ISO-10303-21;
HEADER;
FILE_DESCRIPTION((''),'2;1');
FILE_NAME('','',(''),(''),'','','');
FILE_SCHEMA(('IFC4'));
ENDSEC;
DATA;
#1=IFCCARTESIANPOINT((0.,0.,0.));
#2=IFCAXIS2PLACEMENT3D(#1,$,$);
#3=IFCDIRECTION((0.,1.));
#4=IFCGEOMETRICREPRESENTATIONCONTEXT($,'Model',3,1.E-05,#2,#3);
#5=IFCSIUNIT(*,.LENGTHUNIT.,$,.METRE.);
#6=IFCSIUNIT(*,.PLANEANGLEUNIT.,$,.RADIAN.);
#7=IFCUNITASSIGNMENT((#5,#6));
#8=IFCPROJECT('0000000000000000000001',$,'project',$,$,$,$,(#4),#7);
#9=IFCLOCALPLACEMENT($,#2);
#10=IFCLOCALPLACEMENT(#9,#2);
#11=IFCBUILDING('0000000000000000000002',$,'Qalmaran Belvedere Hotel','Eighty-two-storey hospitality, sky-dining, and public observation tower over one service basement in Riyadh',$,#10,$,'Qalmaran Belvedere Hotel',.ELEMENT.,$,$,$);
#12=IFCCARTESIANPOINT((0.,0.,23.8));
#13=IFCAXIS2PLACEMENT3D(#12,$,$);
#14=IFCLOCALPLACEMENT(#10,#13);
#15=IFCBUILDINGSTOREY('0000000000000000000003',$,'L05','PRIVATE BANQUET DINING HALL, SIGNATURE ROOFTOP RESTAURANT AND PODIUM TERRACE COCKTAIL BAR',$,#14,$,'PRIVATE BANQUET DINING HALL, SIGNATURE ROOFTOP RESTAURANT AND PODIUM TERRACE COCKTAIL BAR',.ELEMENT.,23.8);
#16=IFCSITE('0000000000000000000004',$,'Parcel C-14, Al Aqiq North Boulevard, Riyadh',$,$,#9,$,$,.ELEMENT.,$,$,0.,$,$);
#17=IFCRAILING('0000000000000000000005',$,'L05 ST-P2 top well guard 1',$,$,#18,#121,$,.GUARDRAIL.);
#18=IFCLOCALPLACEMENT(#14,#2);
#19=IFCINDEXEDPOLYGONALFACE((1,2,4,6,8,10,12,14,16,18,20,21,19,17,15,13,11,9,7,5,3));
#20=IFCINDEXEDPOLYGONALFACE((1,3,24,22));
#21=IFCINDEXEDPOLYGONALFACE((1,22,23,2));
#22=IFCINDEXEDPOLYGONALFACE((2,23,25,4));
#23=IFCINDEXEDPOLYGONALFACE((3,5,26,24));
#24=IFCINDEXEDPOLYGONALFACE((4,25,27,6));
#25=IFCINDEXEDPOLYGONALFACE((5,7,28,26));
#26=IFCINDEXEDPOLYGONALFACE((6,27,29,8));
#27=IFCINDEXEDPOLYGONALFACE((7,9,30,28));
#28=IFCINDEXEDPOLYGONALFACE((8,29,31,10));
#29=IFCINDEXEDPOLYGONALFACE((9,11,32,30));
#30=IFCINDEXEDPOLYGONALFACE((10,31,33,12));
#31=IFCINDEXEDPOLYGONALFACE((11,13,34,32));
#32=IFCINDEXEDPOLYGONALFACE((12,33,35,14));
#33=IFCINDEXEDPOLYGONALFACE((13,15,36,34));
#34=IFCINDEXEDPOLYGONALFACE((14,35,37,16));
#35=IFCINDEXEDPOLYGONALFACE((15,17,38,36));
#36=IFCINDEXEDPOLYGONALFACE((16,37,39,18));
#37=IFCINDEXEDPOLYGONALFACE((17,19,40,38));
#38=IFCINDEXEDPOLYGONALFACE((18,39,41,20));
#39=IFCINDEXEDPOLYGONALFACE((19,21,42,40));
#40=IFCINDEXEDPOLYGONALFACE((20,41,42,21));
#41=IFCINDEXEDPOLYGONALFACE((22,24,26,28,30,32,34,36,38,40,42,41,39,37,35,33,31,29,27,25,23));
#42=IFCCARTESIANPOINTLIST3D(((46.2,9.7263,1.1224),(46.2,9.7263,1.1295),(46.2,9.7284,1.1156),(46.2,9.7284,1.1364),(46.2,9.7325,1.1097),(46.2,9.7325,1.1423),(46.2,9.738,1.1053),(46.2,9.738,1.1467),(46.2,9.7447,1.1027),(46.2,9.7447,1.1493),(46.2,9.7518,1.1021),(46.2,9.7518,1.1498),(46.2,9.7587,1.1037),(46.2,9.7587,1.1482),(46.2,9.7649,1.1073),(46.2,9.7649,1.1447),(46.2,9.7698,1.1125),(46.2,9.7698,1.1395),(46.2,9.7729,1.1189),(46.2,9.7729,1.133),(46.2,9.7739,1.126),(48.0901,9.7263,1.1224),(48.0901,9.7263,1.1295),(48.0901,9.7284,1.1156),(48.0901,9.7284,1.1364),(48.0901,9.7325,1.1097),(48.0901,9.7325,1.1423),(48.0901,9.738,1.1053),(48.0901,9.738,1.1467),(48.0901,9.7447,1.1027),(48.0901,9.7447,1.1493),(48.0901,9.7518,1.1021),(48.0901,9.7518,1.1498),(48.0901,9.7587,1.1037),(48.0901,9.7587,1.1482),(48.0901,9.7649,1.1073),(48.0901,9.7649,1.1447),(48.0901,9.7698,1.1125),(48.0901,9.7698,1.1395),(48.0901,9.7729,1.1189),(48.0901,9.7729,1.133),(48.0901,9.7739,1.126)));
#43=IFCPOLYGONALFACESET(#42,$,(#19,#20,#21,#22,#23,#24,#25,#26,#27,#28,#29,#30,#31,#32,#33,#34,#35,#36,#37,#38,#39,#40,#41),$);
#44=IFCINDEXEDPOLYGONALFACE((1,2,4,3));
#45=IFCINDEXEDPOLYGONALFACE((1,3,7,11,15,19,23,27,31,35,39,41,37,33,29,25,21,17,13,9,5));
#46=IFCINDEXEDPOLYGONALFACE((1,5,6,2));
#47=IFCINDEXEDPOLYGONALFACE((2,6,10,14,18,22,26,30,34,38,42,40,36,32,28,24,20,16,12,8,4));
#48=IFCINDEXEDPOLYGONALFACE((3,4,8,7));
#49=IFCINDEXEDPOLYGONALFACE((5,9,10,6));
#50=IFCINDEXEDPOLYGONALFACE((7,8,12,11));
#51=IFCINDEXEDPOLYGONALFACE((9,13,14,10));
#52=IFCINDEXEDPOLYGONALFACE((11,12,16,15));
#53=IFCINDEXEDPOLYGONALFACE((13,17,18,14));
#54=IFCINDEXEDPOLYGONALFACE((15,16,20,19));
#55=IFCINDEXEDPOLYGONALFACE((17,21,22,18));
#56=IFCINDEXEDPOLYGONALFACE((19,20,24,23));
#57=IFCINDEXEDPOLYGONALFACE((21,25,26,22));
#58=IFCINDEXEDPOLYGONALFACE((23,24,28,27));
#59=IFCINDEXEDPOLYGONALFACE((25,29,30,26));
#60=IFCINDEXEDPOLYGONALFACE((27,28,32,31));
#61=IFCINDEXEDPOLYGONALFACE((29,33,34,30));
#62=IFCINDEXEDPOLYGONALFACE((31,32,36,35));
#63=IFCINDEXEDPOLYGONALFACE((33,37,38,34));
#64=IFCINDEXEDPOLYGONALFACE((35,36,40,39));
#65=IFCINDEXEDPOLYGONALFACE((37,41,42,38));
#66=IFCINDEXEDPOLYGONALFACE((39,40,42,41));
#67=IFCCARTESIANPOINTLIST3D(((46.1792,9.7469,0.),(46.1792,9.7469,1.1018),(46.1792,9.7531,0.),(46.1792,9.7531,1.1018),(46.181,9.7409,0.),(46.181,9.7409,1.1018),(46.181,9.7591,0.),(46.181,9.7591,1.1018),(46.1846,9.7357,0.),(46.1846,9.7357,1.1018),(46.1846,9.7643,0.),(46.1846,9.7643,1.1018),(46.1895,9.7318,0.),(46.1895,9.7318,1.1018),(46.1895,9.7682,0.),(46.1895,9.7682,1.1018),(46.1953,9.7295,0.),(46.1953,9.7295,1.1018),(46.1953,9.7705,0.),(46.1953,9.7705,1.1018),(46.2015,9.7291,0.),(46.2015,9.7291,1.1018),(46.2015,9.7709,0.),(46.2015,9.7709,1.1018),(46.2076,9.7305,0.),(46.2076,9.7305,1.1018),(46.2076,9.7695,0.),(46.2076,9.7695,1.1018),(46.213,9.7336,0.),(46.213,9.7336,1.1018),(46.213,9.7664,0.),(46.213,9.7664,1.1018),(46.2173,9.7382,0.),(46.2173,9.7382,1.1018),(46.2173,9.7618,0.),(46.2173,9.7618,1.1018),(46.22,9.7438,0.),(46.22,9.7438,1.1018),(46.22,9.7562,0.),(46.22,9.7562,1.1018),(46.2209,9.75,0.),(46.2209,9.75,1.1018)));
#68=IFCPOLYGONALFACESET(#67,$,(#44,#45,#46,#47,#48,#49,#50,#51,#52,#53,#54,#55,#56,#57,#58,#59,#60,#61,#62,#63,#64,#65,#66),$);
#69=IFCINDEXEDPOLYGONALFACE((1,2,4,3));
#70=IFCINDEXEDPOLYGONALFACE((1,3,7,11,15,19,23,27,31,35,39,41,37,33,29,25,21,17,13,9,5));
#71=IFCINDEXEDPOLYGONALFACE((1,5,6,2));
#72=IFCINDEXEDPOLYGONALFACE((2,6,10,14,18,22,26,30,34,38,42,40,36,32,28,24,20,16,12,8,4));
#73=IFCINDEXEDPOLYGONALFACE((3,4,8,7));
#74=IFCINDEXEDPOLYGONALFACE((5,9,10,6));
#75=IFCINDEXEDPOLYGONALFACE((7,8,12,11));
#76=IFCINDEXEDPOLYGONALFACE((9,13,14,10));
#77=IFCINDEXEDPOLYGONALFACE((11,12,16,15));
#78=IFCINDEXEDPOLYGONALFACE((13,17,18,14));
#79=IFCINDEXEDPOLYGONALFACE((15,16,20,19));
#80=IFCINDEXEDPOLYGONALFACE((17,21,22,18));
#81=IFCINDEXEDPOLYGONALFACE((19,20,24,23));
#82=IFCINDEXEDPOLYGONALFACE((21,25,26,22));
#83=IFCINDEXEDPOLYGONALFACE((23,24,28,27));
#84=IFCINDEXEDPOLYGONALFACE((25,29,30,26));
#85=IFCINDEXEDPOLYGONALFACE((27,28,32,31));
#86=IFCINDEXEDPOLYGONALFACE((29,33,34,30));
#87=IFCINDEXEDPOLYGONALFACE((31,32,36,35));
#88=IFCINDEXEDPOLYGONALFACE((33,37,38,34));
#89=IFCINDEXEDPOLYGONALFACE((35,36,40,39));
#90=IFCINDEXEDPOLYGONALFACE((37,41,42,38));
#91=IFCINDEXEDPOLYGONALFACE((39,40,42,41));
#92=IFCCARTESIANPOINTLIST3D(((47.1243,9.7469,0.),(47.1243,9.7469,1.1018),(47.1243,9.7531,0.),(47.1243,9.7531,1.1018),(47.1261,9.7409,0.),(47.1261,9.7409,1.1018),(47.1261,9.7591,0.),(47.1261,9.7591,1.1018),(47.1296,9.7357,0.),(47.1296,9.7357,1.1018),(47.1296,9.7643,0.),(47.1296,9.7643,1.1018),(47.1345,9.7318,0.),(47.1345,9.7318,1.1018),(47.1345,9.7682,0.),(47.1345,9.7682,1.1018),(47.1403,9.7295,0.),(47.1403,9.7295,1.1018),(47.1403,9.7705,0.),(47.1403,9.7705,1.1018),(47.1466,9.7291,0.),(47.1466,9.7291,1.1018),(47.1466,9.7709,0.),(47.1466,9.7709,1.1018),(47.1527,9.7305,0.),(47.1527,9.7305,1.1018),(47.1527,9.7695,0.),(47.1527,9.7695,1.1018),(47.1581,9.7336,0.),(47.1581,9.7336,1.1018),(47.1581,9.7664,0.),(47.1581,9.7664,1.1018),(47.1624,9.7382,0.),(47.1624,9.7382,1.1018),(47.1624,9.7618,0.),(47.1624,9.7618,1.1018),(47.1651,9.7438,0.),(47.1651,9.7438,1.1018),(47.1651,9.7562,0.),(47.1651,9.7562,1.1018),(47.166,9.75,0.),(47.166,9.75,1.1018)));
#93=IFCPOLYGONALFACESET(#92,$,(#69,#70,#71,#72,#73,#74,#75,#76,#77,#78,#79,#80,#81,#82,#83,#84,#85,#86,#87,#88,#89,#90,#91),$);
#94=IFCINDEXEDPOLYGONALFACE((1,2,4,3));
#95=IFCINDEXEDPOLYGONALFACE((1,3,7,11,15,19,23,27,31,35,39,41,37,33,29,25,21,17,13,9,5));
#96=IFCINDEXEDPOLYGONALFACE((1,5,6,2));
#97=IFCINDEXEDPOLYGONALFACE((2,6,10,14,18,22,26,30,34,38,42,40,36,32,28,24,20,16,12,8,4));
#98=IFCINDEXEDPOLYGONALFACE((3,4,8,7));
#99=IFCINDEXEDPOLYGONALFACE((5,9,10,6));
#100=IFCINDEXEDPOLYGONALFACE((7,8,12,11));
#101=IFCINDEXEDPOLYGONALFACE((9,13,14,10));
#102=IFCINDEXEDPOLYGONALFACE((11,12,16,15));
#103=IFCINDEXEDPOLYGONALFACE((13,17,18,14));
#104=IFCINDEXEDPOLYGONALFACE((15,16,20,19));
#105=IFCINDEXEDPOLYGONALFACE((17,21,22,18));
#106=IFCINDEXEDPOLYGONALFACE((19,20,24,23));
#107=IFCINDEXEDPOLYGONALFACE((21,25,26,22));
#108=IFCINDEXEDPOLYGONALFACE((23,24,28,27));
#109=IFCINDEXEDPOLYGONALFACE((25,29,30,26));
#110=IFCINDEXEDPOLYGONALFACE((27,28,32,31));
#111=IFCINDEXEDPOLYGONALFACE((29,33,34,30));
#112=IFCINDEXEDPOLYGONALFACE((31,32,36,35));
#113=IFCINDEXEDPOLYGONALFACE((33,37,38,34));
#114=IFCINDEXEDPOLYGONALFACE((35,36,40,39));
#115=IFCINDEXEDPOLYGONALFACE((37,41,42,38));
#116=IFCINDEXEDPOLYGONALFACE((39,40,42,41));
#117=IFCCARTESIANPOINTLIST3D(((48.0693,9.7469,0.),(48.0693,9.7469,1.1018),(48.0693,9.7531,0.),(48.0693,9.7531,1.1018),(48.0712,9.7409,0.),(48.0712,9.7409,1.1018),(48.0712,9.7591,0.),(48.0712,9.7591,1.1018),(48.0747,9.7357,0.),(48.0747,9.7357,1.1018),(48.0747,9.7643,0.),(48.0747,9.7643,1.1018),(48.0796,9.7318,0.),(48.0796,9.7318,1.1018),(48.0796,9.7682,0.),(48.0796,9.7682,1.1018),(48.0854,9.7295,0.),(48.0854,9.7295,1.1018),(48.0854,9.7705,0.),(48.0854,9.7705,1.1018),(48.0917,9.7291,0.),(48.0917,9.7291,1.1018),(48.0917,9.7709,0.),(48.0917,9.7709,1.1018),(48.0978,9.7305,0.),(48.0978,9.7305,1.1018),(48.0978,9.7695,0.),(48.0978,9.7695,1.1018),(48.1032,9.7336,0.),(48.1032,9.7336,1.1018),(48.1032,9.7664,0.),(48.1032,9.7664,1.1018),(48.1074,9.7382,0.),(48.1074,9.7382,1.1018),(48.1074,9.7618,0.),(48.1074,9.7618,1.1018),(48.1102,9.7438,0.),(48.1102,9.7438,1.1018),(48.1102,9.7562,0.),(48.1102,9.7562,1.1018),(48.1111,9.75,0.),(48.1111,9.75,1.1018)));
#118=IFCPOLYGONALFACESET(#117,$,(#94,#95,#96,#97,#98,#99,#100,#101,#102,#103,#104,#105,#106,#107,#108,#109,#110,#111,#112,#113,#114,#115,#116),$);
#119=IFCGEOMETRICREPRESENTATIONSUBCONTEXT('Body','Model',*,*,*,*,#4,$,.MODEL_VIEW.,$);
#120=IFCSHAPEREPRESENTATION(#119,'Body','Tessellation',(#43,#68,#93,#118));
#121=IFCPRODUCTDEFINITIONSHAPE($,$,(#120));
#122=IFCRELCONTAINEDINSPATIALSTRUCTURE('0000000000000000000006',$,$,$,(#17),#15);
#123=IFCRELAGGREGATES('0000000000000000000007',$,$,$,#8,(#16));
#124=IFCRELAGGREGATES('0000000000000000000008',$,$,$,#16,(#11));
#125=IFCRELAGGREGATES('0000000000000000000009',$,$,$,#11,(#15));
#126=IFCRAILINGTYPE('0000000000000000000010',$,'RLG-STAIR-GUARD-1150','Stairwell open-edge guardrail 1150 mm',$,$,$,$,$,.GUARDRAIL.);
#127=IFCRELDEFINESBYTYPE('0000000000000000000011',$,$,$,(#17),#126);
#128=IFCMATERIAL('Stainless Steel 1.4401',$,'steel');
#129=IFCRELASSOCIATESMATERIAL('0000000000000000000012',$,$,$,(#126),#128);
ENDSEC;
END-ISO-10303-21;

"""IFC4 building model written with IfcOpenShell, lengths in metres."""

from ifc_helpers import new_model, si_unit, direction, frame, origin, origin_2d, place, context, subcontext, project, spatial, circle, extrude, material, type_object, element, save


model = new_model("IFC4")

# Units and contexts
model_context = context("Model", 3, precision=1e-05, world=origin(), true_north=direction((0.0, 1.0)))
body_context = subcontext(model_context, "Body", "Model", "MODEL_VIEW")
ifc_project = project(units=[si_unit("LENGTHUNIT", "METRE"), si_unit("PLANEANGLEUNIT", "RADIAN")], contexts=[model_context])

# Site, building, storey
site_placement = place(None, origin())
site = spatial("IfcSite", under=ifc_project, at=site_placement, Name="Parcel C-14, Al Aqiq North Boulevard, Riyadh", CompositionType="ELEMENT", RefElevation=0.0)
building_placement = place(site_placement, origin())
building = spatial("IfcBuilding", under=site, at=building_placement, Name="Qalmaran Belvedere Hotel", Description="Eighty-two-storey hospitality, sky-dining, and public observation tower over one service basement in Riyadh", LongName="Qalmaran Belvedere Hotel", CompositionType="ELEMENT")
storey_placement = place(building_placement, frame((0.0, 0.0, 23.8)))
storey = spatial("IfcBuildingStorey", under=building, at=storey_placement, Name="L05", Description="PRIVATE BANQUET DINING HALL, SIGNATURE ROOFTOP RESTAURANT AND PODIUM TERRACE COCKTAIL BAR", LongName="PRIVATE BANQUET DINING HALL, SIGNATURE ROOFTOP RESTAURANT AND PODIUM TERRACE COCKTAIL BAR", CompositionType="ELEMENT", Elevation=23.8)

# Railing
ifc_material_1 = material(Name="Stainless Steel 1.4401", Category="steel")
railing_type = type_object("IfcRailingType", Name="RLG-STAIR-GUARD-1150", Description="Stairwell open-edge guardrail 1150 mm", PredefinedType="GUARDRAIL", material=ifc_material_1)
railing_placement = place(storey_placement, frame((46.2, 9.75, 0.0)))
element("IfcRailing", 1, at=railing_placement, inside=storey, type_object=railing_type, Name="L05 ST-P2 top well guard 1", PredefinedType="GUARDRAIL", context=body_context, shape_type="SweptSolid", body=[
    extrude(circle(Radius=0.0239, at=origin_2d()), frame((0.0, 0.0, 1.126), z_axis=(1.0, 0.0, 0.0), x_axis=(0.0, 1.0, 0.0)), (0.0, 0.0, 1.0), 1.8901),
    extrude(circle(Radius=0.021, at=origin_2d()), origin(), (0.0, 0.0, 1.0), 1.1018),
    extrude(circle(Radius=0.021, at=origin_2d()), frame((0.9451, 0.0, 0.0)), (0.0, 0.0, 1.0), 1.1018),
    extrude(circle(Radius=0.021, at=origin_2d()), frame((1.8901, 0.0, 0.0)), (0.0, 0.0, 1.0), 1.1018),
])

save(model, "model.ifc")
